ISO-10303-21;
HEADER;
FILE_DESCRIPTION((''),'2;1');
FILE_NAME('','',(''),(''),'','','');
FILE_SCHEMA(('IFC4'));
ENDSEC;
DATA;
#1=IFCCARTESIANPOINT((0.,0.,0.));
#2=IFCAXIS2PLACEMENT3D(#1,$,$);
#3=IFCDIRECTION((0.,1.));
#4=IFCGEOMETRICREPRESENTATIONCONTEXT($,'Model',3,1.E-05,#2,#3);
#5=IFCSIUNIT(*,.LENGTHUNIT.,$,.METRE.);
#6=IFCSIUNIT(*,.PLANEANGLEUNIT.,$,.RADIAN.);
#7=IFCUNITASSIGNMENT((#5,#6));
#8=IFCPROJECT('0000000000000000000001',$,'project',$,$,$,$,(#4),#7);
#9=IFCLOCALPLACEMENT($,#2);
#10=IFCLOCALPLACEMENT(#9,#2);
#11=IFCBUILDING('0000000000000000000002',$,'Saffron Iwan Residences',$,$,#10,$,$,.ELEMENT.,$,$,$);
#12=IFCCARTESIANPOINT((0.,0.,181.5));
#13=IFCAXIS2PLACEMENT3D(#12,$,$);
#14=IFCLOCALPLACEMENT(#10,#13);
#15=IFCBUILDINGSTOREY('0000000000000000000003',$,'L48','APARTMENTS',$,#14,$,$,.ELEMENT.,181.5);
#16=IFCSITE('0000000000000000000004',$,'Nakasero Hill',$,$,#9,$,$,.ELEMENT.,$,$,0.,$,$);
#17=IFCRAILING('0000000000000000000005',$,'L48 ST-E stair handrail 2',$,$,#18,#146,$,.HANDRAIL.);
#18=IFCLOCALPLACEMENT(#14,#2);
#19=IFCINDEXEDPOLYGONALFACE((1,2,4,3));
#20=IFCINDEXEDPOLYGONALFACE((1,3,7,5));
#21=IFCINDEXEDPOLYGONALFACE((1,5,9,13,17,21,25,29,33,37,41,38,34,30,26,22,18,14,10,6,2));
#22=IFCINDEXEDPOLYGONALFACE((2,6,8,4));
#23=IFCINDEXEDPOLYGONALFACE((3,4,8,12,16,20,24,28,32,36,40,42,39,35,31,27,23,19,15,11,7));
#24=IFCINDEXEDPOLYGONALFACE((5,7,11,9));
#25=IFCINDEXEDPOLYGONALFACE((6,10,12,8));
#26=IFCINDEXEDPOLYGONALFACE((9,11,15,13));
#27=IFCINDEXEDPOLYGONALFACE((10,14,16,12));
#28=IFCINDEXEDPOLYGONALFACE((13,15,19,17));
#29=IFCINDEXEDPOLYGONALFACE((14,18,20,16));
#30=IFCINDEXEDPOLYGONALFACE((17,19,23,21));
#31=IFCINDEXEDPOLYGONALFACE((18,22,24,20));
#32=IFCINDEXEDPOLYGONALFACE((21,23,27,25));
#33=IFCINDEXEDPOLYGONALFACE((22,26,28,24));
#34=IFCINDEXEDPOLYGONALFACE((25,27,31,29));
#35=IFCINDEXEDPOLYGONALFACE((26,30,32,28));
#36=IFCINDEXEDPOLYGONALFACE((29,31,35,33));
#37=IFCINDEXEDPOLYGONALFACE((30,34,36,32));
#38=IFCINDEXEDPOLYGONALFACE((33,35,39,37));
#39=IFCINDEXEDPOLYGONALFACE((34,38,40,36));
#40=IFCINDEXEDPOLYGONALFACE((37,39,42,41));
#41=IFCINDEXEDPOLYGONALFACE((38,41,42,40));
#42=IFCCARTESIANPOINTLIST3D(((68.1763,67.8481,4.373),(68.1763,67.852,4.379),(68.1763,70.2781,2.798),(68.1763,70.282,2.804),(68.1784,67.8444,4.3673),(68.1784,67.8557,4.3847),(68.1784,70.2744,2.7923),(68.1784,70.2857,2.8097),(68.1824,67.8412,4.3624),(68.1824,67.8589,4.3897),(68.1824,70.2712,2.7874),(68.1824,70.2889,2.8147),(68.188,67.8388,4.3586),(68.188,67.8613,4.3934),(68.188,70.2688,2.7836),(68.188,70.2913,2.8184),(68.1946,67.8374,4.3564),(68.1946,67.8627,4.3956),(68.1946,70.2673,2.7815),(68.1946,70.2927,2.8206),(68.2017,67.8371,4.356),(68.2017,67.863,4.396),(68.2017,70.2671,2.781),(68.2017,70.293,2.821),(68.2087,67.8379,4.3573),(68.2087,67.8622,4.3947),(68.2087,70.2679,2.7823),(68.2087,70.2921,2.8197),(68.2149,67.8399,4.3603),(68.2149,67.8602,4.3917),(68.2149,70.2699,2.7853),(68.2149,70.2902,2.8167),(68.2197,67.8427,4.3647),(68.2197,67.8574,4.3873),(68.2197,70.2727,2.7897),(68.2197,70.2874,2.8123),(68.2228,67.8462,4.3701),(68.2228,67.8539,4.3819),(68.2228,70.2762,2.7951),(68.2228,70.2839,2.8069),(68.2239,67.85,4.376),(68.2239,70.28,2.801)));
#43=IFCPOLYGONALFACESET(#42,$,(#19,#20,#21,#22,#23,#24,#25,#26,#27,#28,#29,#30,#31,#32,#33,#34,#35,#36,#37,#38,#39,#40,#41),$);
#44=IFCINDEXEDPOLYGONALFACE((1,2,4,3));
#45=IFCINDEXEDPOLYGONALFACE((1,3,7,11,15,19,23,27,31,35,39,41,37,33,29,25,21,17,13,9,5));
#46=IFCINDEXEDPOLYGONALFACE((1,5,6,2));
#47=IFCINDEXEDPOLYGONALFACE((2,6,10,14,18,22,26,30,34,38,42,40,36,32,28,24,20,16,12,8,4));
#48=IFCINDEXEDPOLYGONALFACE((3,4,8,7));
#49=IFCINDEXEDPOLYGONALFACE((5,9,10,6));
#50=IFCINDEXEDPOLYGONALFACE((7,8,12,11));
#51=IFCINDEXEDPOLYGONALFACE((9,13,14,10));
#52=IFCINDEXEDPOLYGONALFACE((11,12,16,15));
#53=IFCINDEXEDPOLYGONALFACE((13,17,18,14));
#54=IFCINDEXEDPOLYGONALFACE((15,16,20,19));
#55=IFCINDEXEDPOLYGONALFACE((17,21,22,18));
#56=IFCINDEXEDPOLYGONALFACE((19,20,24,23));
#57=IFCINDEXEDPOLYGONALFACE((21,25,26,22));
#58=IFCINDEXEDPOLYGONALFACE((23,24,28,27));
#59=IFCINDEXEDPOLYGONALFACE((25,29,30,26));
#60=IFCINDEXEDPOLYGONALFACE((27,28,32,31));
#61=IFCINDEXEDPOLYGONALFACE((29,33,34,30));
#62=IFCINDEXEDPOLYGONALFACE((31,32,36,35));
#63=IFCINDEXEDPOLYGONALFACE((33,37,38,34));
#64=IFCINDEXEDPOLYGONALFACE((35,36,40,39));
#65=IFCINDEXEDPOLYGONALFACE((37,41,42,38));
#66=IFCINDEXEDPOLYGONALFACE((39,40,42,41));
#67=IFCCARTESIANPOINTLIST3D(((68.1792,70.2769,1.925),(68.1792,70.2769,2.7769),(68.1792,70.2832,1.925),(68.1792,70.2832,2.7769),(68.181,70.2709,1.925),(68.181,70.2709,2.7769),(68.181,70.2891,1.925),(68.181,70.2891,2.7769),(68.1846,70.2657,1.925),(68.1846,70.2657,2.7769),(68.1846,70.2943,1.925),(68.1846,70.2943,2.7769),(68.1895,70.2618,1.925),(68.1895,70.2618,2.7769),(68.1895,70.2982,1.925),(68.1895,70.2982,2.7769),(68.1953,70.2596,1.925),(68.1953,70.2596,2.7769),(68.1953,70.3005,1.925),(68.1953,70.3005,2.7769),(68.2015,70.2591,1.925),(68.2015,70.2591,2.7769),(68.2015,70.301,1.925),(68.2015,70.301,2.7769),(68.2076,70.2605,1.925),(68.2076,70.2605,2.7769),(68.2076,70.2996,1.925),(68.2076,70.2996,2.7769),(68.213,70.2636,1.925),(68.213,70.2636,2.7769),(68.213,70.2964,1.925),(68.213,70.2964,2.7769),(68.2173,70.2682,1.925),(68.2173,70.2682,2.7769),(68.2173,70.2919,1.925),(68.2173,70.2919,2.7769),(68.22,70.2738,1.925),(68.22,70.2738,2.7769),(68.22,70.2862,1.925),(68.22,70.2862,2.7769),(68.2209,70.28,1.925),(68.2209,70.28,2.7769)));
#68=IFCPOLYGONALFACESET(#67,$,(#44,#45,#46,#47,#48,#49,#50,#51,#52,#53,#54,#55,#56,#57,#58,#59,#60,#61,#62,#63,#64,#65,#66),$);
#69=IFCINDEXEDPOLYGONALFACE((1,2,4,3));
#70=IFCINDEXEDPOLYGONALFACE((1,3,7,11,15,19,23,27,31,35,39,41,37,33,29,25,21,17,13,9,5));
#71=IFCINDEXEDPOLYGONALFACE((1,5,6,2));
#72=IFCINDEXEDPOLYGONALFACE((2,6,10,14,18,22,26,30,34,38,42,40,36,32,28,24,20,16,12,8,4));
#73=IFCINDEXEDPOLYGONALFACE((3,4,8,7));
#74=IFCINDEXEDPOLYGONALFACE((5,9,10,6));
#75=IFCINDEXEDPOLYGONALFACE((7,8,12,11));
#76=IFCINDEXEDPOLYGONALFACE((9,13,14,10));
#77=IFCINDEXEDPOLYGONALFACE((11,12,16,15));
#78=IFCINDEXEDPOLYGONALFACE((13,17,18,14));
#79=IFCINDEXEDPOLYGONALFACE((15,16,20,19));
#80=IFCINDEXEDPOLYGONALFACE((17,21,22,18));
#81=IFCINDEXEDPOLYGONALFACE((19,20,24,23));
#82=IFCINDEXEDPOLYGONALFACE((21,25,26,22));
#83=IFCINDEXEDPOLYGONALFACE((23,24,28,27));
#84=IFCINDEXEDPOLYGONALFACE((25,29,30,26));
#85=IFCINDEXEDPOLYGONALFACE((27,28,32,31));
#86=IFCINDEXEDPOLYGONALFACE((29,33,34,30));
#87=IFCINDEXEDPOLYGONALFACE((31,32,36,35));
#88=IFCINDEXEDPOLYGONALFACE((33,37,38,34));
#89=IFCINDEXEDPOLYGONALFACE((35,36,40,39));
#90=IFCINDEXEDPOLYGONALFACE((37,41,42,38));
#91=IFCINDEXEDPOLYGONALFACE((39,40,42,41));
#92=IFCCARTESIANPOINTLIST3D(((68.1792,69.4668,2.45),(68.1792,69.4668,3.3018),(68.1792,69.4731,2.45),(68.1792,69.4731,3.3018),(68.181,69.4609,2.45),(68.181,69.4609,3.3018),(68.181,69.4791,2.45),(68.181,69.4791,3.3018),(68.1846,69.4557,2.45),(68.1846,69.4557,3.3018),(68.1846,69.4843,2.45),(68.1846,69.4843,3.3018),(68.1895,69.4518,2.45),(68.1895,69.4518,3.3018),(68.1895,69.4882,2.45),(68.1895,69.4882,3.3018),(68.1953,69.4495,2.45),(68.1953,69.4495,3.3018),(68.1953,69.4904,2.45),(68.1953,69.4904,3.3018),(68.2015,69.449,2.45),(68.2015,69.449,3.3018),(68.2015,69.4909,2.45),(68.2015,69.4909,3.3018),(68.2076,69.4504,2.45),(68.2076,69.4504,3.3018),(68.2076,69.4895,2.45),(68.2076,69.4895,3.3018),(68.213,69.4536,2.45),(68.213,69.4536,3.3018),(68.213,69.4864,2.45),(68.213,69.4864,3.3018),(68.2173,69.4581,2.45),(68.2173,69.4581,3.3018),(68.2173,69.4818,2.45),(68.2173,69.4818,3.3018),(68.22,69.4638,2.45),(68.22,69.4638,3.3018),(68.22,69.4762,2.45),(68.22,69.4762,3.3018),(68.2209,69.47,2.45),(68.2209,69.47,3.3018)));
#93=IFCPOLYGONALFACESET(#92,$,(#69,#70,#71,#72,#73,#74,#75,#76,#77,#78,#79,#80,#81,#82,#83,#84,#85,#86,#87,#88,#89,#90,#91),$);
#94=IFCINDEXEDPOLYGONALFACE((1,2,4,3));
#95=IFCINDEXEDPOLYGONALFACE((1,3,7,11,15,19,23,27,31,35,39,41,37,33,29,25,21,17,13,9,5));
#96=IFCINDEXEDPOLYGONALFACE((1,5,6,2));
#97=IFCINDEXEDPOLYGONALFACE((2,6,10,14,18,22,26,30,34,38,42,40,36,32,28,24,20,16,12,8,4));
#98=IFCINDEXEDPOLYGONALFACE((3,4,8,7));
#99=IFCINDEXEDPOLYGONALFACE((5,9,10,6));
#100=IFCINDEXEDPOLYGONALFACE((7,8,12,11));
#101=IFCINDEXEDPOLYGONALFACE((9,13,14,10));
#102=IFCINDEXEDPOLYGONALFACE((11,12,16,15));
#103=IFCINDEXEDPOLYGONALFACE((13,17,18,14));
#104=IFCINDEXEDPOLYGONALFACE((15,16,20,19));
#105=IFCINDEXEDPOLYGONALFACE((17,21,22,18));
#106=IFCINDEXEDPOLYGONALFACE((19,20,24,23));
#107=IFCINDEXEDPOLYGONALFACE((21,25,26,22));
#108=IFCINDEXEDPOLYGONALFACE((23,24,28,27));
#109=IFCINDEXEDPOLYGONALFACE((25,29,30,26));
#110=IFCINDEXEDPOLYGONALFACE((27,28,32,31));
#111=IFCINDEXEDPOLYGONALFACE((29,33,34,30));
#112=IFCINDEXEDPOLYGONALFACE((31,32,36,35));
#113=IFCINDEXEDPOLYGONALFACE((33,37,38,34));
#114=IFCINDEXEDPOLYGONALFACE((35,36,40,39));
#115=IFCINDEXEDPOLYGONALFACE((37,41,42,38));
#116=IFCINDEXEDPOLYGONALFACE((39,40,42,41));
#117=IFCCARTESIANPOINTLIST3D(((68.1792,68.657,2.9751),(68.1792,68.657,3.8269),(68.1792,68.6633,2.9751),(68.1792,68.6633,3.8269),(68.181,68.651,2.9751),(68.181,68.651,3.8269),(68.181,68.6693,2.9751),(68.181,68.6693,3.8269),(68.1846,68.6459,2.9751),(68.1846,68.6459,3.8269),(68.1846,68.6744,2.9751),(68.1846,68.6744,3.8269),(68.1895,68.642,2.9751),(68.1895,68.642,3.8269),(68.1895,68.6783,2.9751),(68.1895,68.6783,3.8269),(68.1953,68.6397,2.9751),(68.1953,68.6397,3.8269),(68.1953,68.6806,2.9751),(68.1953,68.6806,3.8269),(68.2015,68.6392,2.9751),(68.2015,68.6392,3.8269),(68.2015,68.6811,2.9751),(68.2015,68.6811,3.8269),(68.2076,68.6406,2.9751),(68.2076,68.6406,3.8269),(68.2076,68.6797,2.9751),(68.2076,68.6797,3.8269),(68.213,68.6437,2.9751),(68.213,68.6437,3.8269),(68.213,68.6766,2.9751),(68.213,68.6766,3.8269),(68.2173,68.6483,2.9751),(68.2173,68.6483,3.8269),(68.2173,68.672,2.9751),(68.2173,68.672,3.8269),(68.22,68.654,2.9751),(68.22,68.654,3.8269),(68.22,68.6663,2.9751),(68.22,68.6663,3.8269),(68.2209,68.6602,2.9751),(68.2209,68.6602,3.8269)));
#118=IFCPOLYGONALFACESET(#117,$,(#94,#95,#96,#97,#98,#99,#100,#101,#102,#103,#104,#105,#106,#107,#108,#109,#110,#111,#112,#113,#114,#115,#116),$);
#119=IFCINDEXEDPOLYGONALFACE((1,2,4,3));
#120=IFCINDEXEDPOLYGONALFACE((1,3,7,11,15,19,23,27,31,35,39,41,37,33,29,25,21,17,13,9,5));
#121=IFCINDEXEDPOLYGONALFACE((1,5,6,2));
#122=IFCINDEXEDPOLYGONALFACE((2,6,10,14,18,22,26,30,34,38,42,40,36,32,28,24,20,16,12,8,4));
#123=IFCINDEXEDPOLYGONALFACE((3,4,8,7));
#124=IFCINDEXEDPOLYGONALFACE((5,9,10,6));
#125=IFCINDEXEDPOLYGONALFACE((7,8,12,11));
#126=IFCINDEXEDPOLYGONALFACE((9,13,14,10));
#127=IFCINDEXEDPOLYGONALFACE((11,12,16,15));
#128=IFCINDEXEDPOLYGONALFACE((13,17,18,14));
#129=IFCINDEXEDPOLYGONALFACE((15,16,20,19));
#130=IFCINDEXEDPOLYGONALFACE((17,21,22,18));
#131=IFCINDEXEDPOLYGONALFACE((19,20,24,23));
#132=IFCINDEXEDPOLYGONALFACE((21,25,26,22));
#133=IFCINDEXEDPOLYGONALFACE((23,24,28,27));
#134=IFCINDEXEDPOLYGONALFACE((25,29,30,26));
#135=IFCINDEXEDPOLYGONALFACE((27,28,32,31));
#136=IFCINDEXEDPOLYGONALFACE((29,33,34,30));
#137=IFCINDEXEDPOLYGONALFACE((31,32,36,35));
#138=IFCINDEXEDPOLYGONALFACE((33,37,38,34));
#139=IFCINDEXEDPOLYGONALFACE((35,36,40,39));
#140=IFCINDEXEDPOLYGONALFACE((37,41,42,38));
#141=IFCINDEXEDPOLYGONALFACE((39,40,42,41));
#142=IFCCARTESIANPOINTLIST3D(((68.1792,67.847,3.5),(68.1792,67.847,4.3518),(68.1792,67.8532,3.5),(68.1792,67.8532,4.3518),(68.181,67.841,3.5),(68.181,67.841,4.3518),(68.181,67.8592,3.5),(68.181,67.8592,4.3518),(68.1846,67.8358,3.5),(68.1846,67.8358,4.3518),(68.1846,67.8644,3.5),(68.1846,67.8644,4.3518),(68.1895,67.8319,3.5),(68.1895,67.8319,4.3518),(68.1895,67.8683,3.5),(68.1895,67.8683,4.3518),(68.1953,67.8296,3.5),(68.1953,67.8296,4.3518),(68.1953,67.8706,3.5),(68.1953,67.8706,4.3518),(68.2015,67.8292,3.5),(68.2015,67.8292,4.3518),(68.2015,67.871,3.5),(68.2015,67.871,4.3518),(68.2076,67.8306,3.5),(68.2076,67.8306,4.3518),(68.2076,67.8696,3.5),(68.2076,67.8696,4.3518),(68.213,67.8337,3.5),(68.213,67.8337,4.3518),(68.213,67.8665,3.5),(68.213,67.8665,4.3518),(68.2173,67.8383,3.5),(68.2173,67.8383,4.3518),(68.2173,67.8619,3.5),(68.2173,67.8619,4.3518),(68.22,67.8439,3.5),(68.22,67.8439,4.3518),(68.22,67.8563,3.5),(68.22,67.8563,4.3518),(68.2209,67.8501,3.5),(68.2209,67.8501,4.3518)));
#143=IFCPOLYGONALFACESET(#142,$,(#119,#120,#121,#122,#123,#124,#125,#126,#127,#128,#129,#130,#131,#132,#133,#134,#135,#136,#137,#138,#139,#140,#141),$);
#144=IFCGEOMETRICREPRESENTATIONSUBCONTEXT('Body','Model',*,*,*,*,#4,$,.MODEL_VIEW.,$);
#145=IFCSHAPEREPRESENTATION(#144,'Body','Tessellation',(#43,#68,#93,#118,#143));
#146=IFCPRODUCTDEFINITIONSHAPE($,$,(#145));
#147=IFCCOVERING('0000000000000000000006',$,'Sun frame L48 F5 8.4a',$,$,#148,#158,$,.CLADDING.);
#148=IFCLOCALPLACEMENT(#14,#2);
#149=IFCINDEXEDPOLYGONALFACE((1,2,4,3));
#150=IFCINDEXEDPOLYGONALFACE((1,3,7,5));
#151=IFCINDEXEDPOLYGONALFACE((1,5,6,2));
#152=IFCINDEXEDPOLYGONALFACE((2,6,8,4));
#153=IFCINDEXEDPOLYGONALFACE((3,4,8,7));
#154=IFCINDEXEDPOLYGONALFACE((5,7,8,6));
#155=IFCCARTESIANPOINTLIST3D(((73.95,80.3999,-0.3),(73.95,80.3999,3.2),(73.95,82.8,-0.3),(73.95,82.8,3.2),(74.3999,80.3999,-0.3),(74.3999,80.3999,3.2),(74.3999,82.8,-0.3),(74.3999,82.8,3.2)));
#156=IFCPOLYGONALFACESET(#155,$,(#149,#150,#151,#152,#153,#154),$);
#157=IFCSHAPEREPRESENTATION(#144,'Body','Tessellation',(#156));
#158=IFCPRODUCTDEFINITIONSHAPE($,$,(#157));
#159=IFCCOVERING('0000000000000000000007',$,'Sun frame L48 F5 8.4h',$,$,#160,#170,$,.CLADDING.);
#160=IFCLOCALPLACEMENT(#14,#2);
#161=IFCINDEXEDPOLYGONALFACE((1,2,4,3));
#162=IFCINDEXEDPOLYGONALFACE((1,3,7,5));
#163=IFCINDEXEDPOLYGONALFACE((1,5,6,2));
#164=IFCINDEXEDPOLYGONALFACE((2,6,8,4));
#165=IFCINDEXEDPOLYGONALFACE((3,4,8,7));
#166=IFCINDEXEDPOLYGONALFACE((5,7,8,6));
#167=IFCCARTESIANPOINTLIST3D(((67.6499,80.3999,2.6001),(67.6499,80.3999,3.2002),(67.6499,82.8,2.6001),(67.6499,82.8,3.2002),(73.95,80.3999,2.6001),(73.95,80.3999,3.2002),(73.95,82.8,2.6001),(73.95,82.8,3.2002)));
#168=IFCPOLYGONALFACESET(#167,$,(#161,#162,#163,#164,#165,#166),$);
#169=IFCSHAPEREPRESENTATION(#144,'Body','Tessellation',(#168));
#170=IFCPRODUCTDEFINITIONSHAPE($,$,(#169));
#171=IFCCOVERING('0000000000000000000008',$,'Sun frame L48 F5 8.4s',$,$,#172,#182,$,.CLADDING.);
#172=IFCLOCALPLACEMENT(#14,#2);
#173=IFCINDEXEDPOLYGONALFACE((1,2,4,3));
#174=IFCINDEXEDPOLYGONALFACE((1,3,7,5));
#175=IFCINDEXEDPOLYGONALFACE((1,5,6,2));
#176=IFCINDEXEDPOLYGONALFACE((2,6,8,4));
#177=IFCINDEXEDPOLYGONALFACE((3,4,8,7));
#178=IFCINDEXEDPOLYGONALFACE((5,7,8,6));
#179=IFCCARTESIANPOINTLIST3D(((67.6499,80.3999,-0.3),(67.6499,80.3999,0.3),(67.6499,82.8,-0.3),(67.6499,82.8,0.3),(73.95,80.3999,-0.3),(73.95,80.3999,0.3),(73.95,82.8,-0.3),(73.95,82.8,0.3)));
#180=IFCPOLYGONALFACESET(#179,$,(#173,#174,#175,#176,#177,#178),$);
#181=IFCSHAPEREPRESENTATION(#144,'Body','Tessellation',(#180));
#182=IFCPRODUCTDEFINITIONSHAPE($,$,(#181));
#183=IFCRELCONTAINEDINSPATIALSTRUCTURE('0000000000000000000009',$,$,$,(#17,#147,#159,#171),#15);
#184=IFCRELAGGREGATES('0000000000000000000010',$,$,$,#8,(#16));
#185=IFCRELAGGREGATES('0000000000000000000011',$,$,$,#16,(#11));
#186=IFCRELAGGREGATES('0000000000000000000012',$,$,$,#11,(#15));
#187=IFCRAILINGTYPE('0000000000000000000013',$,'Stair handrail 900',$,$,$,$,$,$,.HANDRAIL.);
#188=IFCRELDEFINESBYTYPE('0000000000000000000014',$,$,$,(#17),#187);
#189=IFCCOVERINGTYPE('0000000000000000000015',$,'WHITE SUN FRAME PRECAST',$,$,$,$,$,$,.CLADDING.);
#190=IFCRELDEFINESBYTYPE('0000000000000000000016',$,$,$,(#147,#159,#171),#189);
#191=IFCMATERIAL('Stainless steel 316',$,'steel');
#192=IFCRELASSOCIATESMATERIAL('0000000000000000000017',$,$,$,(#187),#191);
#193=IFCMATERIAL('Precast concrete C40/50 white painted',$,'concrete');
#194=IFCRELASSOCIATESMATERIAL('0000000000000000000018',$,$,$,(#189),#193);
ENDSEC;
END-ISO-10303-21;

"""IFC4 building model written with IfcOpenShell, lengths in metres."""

from ifc_helpers import new_model, si_unit, direction, frame, origin, origin_2d, place, context, subcontext, project, spatial, polyline, circle, outline, extrude, material, type_object, element, save


model = new_model("IFC4")

# Units and contexts
model_context = context("Model", 3, precision=1e-05, world=origin(), true_north=direction((0.0, 1.0)))
body_context = subcontext(model_context, "Body", "Model", "MODEL_VIEW")
ifc_project = project(units=[si_unit("LENGTHUNIT", "METRE"), si_unit("PLANEANGLEUNIT", "RADIAN")], contexts=[model_context])

# Site, building, storey
site_placement = place(None, origin())
site = spatial("IfcSite", under=ifc_project, at=site_placement, Name="Nakasero Hill", CompositionType="ELEMENT", RefElevation=0.0)
building_placement = place(site_placement, origin())
building = spatial("IfcBuilding", under=site, at=building_placement, Name="Saffron Iwan Residences", CompositionType="ELEMENT")
storey_placement = place(building_placement, frame((0.0, 0.0, 181.5)))
storey = spatial("IfcBuildingStorey", under=building, at=storey_placement, Name="L48", Description="APARTMENTS", CompositionType="ELEMENT", Elevation=181.5)

# Railing
ifc_material_1 = material(Name="Stainless steel 316", Category="steel")
railing_type_1 = type_object("IfcRailingType", Name="Stair handrail 900", PredefinedType="HANDRAIL", material=ifc_material_1)
railing_1_placement = place(storey_placement, frame((68.2, 70.28, 1.925)))
element("IfcRailing", 1, at=railing_1_placement, inside=storey, type_object=railing_type_1, Name="L48 ST-E stair handrail 2", PredefinedType="HANDRAIL", context=body_context, shape_type="SweptSolid", body=[
    extrude(circle(Radius=0.0239, at=origin_2d()), frame((0.0, 0.0, 0.876), z_axis=(0.0, -0.839154, 0.543894), x_axis=(1.0, 0.0, 0.0)), (0.0, 0.0, 1.0), 2.8958),
    extrude(circle(Radius=0.021, at=origin_2d()), origin(), (0.0, 0.0, 1.0), 0.8518),
    extrude(circle(Radius=0.021, at=origin_2d()), frame((0.0, -0.8101, 0.5249)), (0.0, 0.0, 1.0), 0.8518),
    extrude(circle(Radius=0.021, at=origin_2d()), frame((0.0, -1.6199, 1.05)), (0.0, 0.0, 1.0), 0.8518),
    extrude(circle(Radius=0.021, at=origin_2d()), frame((0.0, -2.4299, 1.575)), (0.0, 0.0, 1.0), 0.8518),
])

# Coverings
ifc_material_2 = material(Name="Precast concrete C40/50 white painted", Category="concrete")
covering_type = type_object("IfcCoveringType", Name="WHITE SUN FRAME PRECAST", PredefinedType="CLADDING", material=ifc_material_2)
covering_placement = place(storey_placement, frame((74.3999, 80.3999, -0.3), z_axis=(0.0, 1.0, 0.0), x_axis=(-1.0, 0.0, 0.0)))
element("IfcCovering", 2, at=covering_placement, inside=storey, type_object=covering_type, Name="Sun frame L48 F5 8.4a", PredefinedType="CLADDING", context=body_context, shape_type="SweptSolid", body=[
    extrude(outline(polyline([(0.0, 0.0), (0.45, 0.0), (0.45, 3.5), (0.0, 3.5), (0.0, 0.0)])), origin(), (0.0, 0.0, 1.0), 2.4001),
])
for number, where, z_axis, x_axis, name in (
    (3, (73.95, 80.3999, 2.6001), (0.0, 1.0, 0.0), (-1.0, 0.0, 0.0), "Sun frame L48 F5 8.4h"),
    (4, (73.95, 80.3999, -0.3), (0.0, 1.0, 0.0), (-1.0, 0.0, 0.0), "Sun frame L48 F5 8.4s"),
):
    element("IfcCovering", number, at=place(storey_placement, frame(where, z_axis=z_axis, x_axis=x_axis)), inside=storey, type_object=covering_type, Name=name, PredefinedType="CLADDING", context=body_context, shape_type="SweptSolid", body=[
        extrude(outline(polyline([(0.0, 0.0), (6.3, 0.0), (6.3, 0.6001), (0.0, 0.6001), (0.0, 0.0)])), origin(), (0.0, 0.0, 1.0), 2.4001),
    ])

save(model, "model.ifc")
